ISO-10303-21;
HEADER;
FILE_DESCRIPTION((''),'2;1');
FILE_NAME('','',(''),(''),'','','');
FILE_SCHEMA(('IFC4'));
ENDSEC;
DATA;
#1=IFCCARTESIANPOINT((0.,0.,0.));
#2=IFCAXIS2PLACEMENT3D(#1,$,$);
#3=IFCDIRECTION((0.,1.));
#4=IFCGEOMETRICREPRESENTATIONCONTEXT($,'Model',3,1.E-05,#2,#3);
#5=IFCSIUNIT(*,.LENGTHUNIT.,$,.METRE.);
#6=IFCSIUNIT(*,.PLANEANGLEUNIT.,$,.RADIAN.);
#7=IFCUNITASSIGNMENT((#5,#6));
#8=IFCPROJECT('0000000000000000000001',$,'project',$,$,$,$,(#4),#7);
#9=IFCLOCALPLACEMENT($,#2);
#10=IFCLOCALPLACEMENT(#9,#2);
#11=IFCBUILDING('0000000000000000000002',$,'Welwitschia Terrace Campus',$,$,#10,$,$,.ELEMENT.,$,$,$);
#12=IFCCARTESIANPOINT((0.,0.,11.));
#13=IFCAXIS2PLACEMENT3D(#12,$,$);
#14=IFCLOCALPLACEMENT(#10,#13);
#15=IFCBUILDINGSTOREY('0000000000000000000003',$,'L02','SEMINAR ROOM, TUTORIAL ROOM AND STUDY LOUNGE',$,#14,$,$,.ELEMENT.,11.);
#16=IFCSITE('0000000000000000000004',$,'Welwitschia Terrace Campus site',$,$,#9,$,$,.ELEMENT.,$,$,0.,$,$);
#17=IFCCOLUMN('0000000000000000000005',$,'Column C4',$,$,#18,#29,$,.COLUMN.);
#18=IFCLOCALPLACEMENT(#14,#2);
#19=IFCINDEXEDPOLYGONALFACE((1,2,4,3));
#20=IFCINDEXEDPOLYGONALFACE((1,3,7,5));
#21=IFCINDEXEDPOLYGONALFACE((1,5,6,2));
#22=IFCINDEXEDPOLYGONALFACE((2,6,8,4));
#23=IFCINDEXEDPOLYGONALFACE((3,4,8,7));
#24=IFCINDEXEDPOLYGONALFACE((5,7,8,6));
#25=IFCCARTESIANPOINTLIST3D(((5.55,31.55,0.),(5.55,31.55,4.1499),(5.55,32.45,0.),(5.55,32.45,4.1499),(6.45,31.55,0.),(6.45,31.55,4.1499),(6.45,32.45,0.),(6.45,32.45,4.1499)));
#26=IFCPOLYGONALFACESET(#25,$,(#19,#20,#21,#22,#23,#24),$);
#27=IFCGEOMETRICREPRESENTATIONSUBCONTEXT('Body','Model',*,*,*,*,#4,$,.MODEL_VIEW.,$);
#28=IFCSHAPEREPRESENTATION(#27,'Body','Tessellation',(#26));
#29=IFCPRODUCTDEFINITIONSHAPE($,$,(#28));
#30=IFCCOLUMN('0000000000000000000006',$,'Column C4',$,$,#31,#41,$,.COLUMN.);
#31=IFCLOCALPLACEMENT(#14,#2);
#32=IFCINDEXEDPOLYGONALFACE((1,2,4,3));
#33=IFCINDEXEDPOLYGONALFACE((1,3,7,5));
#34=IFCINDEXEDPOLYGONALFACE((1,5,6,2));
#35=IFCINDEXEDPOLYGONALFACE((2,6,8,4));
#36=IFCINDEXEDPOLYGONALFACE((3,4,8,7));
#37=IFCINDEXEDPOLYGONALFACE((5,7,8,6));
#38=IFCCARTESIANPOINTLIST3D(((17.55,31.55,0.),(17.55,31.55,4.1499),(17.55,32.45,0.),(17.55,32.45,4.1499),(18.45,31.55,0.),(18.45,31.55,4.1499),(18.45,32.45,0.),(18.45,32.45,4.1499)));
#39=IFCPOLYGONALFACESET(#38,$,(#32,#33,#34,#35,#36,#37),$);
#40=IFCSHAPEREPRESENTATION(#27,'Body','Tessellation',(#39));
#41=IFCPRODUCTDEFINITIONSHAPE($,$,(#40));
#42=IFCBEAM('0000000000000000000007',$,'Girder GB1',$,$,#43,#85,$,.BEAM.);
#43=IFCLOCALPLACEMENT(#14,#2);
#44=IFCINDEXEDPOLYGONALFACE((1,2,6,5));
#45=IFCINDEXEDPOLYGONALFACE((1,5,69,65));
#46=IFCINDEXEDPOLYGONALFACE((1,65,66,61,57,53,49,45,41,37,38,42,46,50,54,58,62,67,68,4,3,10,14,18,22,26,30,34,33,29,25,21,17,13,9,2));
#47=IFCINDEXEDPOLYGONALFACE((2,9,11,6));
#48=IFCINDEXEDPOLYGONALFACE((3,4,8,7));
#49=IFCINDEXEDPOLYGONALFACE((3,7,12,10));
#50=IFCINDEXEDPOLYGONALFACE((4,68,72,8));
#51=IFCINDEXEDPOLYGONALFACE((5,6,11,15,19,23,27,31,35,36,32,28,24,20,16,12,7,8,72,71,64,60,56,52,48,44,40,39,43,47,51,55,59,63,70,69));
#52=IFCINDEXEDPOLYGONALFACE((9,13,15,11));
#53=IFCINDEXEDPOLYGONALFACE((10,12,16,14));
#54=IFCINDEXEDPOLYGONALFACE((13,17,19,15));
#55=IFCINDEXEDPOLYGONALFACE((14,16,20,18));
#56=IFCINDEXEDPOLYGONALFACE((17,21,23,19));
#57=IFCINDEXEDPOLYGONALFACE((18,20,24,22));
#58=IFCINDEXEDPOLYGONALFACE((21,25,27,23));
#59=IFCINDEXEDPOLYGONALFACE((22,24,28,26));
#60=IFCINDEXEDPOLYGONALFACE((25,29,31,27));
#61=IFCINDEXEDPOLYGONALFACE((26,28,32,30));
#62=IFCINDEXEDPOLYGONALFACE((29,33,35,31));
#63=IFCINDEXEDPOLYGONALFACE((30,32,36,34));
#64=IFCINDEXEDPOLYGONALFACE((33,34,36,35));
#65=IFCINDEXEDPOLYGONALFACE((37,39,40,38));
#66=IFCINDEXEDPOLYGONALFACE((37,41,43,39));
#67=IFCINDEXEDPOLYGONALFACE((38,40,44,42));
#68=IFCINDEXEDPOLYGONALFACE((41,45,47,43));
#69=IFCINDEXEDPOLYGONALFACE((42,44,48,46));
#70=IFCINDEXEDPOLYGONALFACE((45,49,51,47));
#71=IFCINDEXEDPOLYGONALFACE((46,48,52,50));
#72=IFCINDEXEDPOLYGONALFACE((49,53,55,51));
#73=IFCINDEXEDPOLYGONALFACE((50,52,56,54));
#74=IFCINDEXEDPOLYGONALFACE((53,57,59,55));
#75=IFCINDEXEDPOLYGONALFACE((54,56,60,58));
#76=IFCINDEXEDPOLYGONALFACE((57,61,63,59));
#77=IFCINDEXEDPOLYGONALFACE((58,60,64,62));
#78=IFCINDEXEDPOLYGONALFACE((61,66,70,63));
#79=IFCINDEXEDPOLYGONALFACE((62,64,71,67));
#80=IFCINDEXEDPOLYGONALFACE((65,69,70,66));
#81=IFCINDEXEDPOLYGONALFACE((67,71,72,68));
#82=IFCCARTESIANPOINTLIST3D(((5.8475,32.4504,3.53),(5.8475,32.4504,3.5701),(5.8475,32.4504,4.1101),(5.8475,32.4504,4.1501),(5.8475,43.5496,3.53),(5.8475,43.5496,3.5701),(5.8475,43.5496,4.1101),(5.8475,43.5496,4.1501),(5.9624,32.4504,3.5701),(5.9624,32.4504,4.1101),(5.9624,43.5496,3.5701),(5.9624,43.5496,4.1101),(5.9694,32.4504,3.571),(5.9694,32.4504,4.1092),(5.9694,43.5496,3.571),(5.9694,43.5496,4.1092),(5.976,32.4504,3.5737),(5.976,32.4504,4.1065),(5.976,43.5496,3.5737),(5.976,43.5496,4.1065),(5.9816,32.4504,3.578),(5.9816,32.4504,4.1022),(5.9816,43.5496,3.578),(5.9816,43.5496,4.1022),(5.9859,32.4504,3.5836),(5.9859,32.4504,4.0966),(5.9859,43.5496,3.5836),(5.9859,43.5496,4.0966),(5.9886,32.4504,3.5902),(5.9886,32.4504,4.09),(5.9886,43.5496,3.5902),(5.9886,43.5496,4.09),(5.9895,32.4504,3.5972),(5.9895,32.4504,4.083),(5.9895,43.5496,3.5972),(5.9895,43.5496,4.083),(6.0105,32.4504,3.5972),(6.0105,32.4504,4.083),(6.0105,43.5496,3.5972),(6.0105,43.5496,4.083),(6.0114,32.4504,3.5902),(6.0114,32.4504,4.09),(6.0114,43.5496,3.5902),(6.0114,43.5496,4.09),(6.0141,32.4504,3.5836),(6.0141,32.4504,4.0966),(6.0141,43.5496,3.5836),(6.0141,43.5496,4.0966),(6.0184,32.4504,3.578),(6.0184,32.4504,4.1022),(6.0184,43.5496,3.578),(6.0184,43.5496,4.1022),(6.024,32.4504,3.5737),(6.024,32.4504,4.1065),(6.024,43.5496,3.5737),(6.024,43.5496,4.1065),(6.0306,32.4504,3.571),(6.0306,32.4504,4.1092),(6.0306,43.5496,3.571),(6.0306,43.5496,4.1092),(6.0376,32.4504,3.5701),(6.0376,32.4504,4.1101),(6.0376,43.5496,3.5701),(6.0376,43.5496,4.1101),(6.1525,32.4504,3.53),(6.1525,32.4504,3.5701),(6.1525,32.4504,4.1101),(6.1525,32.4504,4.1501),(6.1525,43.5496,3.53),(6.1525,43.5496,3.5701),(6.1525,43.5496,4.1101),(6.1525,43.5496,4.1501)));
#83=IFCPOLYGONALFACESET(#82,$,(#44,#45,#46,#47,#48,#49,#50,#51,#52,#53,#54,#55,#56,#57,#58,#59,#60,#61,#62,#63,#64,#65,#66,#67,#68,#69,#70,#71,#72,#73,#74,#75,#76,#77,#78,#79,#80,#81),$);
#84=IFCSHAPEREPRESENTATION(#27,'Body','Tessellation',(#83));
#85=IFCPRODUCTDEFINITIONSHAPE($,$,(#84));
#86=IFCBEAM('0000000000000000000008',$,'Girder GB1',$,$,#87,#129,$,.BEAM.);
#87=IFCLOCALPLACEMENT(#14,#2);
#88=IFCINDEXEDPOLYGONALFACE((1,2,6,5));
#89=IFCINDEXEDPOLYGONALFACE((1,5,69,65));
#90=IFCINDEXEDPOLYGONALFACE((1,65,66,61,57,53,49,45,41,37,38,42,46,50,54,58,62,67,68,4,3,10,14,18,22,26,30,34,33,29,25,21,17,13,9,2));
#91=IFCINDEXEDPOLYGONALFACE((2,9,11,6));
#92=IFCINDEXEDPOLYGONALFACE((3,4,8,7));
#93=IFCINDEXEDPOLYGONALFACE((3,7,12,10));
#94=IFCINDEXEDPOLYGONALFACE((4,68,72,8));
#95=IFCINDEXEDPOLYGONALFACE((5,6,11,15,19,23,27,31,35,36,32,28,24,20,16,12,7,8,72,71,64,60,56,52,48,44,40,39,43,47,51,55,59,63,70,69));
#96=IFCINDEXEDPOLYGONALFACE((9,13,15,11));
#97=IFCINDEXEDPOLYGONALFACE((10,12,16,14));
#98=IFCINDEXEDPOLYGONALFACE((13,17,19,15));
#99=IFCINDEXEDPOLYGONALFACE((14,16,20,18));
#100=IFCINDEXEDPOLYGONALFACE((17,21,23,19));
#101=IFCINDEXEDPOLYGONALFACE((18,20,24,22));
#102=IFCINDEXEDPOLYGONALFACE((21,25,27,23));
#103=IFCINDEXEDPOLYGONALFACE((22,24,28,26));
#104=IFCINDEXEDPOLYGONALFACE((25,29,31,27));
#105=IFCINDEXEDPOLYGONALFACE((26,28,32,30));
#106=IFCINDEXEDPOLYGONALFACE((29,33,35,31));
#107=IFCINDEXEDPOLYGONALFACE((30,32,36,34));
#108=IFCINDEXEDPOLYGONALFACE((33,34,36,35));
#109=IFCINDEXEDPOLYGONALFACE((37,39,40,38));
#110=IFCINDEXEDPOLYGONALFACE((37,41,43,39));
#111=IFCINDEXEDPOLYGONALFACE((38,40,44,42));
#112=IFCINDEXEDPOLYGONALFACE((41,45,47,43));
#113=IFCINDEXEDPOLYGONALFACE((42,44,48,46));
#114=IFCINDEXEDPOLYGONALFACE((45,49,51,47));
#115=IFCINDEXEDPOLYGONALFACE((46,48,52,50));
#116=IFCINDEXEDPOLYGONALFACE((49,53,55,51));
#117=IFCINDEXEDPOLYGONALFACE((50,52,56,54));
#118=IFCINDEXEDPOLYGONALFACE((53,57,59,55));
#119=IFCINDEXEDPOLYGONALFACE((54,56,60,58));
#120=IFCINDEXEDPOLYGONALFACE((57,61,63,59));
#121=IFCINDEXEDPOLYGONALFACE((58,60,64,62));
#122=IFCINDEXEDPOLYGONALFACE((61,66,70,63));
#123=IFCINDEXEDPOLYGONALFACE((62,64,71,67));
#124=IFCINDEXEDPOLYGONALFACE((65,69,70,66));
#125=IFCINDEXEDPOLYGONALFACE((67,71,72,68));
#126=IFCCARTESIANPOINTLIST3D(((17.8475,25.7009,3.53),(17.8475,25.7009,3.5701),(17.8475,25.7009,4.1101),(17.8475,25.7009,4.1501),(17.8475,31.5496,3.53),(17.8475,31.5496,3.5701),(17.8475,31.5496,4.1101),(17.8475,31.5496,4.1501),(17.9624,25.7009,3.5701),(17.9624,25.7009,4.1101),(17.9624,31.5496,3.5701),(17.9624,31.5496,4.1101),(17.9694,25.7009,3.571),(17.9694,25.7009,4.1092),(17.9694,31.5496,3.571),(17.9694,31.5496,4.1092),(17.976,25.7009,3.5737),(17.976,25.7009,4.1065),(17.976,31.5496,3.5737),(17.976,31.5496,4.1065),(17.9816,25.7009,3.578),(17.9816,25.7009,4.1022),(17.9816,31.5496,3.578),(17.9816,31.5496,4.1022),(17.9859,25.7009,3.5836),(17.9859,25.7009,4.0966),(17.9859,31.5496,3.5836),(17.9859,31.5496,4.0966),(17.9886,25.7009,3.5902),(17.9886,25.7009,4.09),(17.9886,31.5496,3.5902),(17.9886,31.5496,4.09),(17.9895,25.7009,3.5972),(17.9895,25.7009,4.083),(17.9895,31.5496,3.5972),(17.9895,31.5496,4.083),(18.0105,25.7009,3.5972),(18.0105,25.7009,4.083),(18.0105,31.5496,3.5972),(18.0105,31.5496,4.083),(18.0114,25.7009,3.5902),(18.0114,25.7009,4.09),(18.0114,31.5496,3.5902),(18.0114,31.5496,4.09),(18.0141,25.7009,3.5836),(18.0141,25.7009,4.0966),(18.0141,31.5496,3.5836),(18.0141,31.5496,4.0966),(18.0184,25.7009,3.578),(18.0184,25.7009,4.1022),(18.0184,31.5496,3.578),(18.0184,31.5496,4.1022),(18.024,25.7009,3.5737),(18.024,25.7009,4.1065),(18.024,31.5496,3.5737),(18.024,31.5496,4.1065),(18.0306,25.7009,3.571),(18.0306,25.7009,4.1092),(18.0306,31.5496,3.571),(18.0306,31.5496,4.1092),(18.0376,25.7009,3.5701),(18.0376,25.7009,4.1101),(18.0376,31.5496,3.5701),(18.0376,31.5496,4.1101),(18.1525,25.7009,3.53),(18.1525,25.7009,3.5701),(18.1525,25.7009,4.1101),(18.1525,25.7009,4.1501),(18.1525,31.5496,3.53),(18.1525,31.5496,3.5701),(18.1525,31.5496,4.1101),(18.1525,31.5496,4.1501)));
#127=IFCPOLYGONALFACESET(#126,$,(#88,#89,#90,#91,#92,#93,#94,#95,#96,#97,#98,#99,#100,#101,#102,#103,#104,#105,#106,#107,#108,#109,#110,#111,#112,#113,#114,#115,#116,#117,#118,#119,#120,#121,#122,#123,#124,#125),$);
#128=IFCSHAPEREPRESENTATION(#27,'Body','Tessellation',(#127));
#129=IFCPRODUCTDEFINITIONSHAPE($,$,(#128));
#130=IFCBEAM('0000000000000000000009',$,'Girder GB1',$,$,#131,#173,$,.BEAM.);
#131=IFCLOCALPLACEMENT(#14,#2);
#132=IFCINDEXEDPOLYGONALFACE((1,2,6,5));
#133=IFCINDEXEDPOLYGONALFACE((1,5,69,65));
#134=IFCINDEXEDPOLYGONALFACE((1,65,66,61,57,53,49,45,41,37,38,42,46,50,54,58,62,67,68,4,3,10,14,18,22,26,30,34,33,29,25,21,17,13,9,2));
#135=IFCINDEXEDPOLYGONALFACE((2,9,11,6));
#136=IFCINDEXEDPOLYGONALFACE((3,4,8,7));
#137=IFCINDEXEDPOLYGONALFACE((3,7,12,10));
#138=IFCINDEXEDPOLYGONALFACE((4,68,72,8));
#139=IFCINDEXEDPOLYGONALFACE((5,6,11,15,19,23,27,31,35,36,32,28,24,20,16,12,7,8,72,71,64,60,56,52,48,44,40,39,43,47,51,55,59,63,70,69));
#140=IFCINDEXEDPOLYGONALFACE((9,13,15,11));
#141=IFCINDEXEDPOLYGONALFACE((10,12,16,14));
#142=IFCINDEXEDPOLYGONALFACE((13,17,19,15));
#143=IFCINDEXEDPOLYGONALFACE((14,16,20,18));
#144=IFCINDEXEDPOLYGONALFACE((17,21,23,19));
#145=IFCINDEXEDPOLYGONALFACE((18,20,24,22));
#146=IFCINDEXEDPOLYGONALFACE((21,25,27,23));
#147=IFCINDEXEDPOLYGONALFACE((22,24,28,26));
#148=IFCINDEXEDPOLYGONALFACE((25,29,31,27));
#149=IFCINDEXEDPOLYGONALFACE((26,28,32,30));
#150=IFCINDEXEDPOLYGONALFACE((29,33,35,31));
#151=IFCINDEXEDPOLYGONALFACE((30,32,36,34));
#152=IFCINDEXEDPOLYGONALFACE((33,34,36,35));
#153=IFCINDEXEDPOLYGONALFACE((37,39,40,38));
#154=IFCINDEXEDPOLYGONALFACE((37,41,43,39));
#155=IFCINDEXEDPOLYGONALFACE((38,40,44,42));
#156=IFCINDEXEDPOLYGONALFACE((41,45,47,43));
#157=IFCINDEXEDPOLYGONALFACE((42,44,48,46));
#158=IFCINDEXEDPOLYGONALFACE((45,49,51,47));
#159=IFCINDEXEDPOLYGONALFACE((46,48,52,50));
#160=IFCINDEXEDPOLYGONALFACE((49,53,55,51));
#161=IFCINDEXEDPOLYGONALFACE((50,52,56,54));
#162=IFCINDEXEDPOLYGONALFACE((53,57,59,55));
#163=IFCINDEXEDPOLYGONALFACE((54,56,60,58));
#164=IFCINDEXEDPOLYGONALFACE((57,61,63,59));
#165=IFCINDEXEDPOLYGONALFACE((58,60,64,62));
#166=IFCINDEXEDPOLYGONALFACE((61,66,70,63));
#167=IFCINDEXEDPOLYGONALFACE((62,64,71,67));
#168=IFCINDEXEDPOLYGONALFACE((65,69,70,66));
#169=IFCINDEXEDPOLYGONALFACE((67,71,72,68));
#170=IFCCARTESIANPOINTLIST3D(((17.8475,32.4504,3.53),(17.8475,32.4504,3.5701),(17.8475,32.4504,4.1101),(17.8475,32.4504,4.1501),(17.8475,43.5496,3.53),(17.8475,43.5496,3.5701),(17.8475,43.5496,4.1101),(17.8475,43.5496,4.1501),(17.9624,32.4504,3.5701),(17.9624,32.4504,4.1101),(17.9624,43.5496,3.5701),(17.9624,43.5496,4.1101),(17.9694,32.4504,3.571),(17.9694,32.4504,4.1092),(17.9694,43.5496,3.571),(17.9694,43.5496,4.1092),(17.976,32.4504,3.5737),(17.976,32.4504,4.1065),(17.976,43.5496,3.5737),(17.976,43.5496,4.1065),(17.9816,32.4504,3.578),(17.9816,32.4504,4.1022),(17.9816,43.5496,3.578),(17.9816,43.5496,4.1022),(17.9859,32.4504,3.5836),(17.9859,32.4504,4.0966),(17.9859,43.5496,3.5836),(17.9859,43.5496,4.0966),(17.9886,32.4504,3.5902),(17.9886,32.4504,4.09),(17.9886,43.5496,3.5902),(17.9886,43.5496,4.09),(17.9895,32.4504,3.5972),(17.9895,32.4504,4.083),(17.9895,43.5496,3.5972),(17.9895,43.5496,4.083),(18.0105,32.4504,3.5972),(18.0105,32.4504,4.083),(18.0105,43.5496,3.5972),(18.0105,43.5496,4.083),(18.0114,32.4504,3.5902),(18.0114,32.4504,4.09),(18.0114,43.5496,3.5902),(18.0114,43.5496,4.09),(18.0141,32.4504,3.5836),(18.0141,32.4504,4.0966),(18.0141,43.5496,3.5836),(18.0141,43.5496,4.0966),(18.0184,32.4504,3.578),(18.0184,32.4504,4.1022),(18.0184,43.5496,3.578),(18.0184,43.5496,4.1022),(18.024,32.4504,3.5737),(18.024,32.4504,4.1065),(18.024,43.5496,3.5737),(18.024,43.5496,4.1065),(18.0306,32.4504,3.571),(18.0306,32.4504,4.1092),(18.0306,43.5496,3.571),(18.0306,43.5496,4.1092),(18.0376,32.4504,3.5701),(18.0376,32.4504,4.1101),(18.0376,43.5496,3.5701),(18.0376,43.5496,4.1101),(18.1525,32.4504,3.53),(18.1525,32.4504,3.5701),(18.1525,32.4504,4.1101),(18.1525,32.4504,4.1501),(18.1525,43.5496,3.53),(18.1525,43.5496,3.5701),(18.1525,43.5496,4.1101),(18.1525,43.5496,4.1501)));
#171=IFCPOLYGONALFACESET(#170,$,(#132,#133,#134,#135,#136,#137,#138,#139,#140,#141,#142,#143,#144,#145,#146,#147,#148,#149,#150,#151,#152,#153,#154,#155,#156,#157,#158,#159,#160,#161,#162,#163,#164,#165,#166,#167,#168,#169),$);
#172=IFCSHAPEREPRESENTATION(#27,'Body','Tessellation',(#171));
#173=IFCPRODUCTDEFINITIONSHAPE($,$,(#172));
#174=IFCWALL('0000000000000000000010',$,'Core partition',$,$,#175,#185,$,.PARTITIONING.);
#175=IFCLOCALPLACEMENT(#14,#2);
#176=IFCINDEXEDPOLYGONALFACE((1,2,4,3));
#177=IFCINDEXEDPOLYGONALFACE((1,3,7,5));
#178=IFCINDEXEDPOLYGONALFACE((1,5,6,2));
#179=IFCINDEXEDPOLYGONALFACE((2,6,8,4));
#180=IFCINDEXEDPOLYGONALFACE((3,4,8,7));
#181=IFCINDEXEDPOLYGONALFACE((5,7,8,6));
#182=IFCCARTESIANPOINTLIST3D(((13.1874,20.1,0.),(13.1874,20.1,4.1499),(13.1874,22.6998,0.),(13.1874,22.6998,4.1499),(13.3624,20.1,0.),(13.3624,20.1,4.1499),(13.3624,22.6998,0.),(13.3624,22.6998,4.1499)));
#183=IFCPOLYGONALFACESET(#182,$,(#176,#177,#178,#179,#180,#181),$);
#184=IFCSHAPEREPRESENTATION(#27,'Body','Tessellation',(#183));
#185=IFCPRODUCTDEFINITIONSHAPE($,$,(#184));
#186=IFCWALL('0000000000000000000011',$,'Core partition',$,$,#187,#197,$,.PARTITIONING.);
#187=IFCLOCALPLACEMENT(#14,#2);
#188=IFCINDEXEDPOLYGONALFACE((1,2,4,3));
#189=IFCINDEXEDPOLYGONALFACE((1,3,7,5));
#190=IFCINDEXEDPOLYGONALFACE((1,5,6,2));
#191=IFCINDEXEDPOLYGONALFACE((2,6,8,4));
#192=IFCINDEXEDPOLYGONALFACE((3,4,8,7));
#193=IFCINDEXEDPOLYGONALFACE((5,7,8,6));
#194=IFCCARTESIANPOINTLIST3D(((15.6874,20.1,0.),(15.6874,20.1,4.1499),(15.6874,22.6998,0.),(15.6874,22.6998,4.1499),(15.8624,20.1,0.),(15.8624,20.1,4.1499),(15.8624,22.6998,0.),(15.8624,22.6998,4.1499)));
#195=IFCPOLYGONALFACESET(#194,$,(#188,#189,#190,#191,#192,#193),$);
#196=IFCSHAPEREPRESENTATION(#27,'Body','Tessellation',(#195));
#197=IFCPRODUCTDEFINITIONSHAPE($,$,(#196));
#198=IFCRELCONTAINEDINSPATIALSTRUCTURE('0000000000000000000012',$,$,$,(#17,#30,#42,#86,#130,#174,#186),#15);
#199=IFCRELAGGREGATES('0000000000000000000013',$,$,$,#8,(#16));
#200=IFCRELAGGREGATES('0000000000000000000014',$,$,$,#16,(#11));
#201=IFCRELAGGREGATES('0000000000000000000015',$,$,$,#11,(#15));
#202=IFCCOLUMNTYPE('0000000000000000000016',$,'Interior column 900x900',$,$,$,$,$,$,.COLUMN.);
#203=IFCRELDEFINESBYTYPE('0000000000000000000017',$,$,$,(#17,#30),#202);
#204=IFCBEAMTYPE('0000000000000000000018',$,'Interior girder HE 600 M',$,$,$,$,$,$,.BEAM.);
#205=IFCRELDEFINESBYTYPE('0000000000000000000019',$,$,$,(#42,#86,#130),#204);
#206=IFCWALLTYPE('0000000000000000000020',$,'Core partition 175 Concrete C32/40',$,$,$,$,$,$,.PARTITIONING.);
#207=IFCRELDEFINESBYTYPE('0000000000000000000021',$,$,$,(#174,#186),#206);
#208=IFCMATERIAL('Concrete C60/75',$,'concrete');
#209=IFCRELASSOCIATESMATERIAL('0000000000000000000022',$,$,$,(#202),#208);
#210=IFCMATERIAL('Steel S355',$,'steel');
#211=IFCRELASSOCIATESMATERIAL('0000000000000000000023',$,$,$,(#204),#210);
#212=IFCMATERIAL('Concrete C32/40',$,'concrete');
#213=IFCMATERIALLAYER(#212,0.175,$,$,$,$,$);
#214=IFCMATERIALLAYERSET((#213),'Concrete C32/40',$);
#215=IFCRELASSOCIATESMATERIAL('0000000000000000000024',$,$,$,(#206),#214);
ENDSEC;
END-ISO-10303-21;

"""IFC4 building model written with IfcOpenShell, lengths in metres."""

from ifc_helpers import new_model, si_unit, direction, frame, frame_2d, origin, origin_2d, place, context, subcontext, project, spatial, rectangle, i_section, extrude, material, layer, layer_set, material_profile, profile_set, type_object, element, save


model = new_model("IFC4")

# Units and contexts
model_context = context("Model", 3, precision=1e-05, world=origin(), true_north=direction((0.0, 1.0)))
body_context = subcontext(model_context, "Body", "Model", "MODEL_VIEW")
ifc_project = project(units=[si_unit("LENGTHUNIT", "METRE"), si_unit("PLANEANGLEUNIT", "RADIAN")], contexts=[model_context])

# Site, building, storey
site_placement = place(None, origin())
site = spatial("IfcSite", under=ifc_project, at=site_placement, Name="Welwitschia Terrace Campus site", CompositionType="ELEMENT", RefElevation=0.0)
building_placement = place(site_placement, origin())
building = spatial("IfcBuilding", under=site, at=building_placement, Name="Welwitschia Terrace Campus", CompositionType="ELEMENT")
storey_placement = place(building_placement, frame((0.0, 0.0, 11.0)))
storey = spatial("IfcBuildingStorey", under=building, at=storey_placement, Name="L02", Description="SEMINAR ROOM, TUTORIAL ROOM AND STUDY LOUNGE", CompositionType="ELEMENT", Elevation=11.0)

# Columns
ifc_material_1 = material(Name="Concrete C60/75", Category="concrete")
ifc_material_profile_1 = material_profile(ifc_material_1, rectangle(XDim=0.8999, YDim=0.8999, at=origin_2d()))
ifc_profile_set_1 = profile_set([ifc_material_profile_1], Name="Concrete C60/75")
column_type = type_object("IfcColumnType", Name="Interior column 900x900", PredefinedType="COLUMN", material=ifc_profile_set_1)
for number, where, z_axis, x_axis, name in (
    (1, (6.0, 32.0, 0.0), (0.0, 0.0, 1.0), (1.0, 0.0, 0.0), "Column C4"),
    (2, (18.0, 32.0, 0.0), (0.0, 0.0, 1.0), (1.0, 0.0, 0.0), "Column C4"),
):
    element("IfcColumn", number, at=place(storey_placement, frame(where, z_axis=z_axis, x_axis=x_axis)), inside=storey, type_object=column_type, Name=name, PredefinedType="COLUMN", context=body_context, shape_type="SweptSolid", body=[
        extrude(rectangle(XDim=0.8999, YDim=0.8999, at=origin_2d()), origin(), (0.0, 0.0, 1.0), 4.1499),
    ])

# Beams
ifc_material_2 = material(Name="Steel S355", Category="steel")
ifc_material_profile_2 = material_profile(ifc_material_2, i_section(OverallWidth=0.3049, OverallDepth=0.6201, WebThickness=0.021, FlangeThickness=0.04, FilletRadius=0.0271, at=origin_2d()))
ifc_profile_set_2 = profile_set([ifc_material_profile_2], Name="Steel S355")
beam_type = type_object("IfcBeamType", Name="Interior girder HE 600 M", PredefinedType="BEAM", material=ifc_profile_set_2)
beam_1_placement = place(storey_placement, frame((6.0, 32.4504, 3.8401), z_axis=(0.0, 1.0, 0.0), x_axis=(-1.0, 0.0, 0.0)))
element("IfcBeam", 3, at=beam_1_placement, inside=storey, type_object=beam_type, Name="Girder GB1", PredefinedType="BEAM", context=body_context, shape_type="SweptSolid", body=[
    extrude(i_section(OverallWidth=0.3049, OverallDepth=0.6201, WebThickness=0.021, FlangeThickness=0.04, FilletRadius=0.0271, at=origin_2d()), origin(), (0.0, 0.0, 1.0), 11.0991),
])
beam_2_placement = place(storey_placement, frame((18.0, 25.7009, 3.8401), z_axis=(0.0, 1.0, 0.0), x_axis=(-1.0, 0.0, 0.0)))
element("IfcBeam", 4, at=beam_2_placement, inside=storey, type_object=beam_type, Name="Girder GB1", PredefinedType="BEAM", context=body_context, shape_type="SweptSolid", body=[
    extrude(i_section(OverallWidth=0.3049, OverallDepth=0.6201, WebThickness=0.021, FlangeThickness=0.04, FilletRadius=0.0271, at=origin_2d()), origin(), (0.0, 0.0, 1.0), 5.8486),
])
beam_3_placement = place(storey_placement, frame((18.0, 32.4504, 3.8401), z_axis=(0.0, 1.0, 0.0), x_axis=(-1.0, 0.0, 0.0)))
element("IfcBeam", 5, at=beam_3_placement, inside=storey, type_object=beam_type, Name="Girder GB1", PredefinedType="BEAM", context=body_context, shape_type="SweptSolid", body=[
    extrude(i_section(OverallWidth=0.3049, OverallDepth=0.6201, WebThickness=0.021, FlangeThickness=0.04, FilletRadius=0.0271, at=origin_2d()), origin(), (0.0, 0.0, 1.0), 11.0991),
])

# Walls
ifc_material_3 = material(Name="Concrete C32/40", Category="concrete")
ifc_layer_1 = layer(ifc_material_3, 0.175)
ifc_layer_set_1 = layer_set([ifc_layer_1], Name="Concrete C32/40")
wall_type_1 = type_object("IfcWallType", Name="Core partition 175 Concrete C32/40", PredefinedType="PARTITIONING", material=ifc_layer_set_1)
for number, where, z_axis, x_axis, name in (
    (6, (13.2749, 20.1001, 0.0), (0.0, 0.0, 1.0), (0.0, 1.0, 0.0), "Core partition"),
    (7, (15.7749, 20.1001, 0.0), (0.0, 0.0, 1.0), (0.0, 1.0, 0.0), "Core partition"),
):
    element("IfcWall", number, at=place(storey_placement, frame(where, z_axis=z_axis, x_axis=x_axis)), inside=storey, type_object=wall_type_1, Name=name, PredefinedType="PARTITIONING", context=body_context, shape_type="SweptSolid", body=[
        extrude(rectangle(XDim=2.5999, YDim=0.175, at=frame_2d((1.2998, 0.0))), origin(), (0.0, 0.0, 1.0), 4.1499),
    ])

save(model, "model.ifc")
